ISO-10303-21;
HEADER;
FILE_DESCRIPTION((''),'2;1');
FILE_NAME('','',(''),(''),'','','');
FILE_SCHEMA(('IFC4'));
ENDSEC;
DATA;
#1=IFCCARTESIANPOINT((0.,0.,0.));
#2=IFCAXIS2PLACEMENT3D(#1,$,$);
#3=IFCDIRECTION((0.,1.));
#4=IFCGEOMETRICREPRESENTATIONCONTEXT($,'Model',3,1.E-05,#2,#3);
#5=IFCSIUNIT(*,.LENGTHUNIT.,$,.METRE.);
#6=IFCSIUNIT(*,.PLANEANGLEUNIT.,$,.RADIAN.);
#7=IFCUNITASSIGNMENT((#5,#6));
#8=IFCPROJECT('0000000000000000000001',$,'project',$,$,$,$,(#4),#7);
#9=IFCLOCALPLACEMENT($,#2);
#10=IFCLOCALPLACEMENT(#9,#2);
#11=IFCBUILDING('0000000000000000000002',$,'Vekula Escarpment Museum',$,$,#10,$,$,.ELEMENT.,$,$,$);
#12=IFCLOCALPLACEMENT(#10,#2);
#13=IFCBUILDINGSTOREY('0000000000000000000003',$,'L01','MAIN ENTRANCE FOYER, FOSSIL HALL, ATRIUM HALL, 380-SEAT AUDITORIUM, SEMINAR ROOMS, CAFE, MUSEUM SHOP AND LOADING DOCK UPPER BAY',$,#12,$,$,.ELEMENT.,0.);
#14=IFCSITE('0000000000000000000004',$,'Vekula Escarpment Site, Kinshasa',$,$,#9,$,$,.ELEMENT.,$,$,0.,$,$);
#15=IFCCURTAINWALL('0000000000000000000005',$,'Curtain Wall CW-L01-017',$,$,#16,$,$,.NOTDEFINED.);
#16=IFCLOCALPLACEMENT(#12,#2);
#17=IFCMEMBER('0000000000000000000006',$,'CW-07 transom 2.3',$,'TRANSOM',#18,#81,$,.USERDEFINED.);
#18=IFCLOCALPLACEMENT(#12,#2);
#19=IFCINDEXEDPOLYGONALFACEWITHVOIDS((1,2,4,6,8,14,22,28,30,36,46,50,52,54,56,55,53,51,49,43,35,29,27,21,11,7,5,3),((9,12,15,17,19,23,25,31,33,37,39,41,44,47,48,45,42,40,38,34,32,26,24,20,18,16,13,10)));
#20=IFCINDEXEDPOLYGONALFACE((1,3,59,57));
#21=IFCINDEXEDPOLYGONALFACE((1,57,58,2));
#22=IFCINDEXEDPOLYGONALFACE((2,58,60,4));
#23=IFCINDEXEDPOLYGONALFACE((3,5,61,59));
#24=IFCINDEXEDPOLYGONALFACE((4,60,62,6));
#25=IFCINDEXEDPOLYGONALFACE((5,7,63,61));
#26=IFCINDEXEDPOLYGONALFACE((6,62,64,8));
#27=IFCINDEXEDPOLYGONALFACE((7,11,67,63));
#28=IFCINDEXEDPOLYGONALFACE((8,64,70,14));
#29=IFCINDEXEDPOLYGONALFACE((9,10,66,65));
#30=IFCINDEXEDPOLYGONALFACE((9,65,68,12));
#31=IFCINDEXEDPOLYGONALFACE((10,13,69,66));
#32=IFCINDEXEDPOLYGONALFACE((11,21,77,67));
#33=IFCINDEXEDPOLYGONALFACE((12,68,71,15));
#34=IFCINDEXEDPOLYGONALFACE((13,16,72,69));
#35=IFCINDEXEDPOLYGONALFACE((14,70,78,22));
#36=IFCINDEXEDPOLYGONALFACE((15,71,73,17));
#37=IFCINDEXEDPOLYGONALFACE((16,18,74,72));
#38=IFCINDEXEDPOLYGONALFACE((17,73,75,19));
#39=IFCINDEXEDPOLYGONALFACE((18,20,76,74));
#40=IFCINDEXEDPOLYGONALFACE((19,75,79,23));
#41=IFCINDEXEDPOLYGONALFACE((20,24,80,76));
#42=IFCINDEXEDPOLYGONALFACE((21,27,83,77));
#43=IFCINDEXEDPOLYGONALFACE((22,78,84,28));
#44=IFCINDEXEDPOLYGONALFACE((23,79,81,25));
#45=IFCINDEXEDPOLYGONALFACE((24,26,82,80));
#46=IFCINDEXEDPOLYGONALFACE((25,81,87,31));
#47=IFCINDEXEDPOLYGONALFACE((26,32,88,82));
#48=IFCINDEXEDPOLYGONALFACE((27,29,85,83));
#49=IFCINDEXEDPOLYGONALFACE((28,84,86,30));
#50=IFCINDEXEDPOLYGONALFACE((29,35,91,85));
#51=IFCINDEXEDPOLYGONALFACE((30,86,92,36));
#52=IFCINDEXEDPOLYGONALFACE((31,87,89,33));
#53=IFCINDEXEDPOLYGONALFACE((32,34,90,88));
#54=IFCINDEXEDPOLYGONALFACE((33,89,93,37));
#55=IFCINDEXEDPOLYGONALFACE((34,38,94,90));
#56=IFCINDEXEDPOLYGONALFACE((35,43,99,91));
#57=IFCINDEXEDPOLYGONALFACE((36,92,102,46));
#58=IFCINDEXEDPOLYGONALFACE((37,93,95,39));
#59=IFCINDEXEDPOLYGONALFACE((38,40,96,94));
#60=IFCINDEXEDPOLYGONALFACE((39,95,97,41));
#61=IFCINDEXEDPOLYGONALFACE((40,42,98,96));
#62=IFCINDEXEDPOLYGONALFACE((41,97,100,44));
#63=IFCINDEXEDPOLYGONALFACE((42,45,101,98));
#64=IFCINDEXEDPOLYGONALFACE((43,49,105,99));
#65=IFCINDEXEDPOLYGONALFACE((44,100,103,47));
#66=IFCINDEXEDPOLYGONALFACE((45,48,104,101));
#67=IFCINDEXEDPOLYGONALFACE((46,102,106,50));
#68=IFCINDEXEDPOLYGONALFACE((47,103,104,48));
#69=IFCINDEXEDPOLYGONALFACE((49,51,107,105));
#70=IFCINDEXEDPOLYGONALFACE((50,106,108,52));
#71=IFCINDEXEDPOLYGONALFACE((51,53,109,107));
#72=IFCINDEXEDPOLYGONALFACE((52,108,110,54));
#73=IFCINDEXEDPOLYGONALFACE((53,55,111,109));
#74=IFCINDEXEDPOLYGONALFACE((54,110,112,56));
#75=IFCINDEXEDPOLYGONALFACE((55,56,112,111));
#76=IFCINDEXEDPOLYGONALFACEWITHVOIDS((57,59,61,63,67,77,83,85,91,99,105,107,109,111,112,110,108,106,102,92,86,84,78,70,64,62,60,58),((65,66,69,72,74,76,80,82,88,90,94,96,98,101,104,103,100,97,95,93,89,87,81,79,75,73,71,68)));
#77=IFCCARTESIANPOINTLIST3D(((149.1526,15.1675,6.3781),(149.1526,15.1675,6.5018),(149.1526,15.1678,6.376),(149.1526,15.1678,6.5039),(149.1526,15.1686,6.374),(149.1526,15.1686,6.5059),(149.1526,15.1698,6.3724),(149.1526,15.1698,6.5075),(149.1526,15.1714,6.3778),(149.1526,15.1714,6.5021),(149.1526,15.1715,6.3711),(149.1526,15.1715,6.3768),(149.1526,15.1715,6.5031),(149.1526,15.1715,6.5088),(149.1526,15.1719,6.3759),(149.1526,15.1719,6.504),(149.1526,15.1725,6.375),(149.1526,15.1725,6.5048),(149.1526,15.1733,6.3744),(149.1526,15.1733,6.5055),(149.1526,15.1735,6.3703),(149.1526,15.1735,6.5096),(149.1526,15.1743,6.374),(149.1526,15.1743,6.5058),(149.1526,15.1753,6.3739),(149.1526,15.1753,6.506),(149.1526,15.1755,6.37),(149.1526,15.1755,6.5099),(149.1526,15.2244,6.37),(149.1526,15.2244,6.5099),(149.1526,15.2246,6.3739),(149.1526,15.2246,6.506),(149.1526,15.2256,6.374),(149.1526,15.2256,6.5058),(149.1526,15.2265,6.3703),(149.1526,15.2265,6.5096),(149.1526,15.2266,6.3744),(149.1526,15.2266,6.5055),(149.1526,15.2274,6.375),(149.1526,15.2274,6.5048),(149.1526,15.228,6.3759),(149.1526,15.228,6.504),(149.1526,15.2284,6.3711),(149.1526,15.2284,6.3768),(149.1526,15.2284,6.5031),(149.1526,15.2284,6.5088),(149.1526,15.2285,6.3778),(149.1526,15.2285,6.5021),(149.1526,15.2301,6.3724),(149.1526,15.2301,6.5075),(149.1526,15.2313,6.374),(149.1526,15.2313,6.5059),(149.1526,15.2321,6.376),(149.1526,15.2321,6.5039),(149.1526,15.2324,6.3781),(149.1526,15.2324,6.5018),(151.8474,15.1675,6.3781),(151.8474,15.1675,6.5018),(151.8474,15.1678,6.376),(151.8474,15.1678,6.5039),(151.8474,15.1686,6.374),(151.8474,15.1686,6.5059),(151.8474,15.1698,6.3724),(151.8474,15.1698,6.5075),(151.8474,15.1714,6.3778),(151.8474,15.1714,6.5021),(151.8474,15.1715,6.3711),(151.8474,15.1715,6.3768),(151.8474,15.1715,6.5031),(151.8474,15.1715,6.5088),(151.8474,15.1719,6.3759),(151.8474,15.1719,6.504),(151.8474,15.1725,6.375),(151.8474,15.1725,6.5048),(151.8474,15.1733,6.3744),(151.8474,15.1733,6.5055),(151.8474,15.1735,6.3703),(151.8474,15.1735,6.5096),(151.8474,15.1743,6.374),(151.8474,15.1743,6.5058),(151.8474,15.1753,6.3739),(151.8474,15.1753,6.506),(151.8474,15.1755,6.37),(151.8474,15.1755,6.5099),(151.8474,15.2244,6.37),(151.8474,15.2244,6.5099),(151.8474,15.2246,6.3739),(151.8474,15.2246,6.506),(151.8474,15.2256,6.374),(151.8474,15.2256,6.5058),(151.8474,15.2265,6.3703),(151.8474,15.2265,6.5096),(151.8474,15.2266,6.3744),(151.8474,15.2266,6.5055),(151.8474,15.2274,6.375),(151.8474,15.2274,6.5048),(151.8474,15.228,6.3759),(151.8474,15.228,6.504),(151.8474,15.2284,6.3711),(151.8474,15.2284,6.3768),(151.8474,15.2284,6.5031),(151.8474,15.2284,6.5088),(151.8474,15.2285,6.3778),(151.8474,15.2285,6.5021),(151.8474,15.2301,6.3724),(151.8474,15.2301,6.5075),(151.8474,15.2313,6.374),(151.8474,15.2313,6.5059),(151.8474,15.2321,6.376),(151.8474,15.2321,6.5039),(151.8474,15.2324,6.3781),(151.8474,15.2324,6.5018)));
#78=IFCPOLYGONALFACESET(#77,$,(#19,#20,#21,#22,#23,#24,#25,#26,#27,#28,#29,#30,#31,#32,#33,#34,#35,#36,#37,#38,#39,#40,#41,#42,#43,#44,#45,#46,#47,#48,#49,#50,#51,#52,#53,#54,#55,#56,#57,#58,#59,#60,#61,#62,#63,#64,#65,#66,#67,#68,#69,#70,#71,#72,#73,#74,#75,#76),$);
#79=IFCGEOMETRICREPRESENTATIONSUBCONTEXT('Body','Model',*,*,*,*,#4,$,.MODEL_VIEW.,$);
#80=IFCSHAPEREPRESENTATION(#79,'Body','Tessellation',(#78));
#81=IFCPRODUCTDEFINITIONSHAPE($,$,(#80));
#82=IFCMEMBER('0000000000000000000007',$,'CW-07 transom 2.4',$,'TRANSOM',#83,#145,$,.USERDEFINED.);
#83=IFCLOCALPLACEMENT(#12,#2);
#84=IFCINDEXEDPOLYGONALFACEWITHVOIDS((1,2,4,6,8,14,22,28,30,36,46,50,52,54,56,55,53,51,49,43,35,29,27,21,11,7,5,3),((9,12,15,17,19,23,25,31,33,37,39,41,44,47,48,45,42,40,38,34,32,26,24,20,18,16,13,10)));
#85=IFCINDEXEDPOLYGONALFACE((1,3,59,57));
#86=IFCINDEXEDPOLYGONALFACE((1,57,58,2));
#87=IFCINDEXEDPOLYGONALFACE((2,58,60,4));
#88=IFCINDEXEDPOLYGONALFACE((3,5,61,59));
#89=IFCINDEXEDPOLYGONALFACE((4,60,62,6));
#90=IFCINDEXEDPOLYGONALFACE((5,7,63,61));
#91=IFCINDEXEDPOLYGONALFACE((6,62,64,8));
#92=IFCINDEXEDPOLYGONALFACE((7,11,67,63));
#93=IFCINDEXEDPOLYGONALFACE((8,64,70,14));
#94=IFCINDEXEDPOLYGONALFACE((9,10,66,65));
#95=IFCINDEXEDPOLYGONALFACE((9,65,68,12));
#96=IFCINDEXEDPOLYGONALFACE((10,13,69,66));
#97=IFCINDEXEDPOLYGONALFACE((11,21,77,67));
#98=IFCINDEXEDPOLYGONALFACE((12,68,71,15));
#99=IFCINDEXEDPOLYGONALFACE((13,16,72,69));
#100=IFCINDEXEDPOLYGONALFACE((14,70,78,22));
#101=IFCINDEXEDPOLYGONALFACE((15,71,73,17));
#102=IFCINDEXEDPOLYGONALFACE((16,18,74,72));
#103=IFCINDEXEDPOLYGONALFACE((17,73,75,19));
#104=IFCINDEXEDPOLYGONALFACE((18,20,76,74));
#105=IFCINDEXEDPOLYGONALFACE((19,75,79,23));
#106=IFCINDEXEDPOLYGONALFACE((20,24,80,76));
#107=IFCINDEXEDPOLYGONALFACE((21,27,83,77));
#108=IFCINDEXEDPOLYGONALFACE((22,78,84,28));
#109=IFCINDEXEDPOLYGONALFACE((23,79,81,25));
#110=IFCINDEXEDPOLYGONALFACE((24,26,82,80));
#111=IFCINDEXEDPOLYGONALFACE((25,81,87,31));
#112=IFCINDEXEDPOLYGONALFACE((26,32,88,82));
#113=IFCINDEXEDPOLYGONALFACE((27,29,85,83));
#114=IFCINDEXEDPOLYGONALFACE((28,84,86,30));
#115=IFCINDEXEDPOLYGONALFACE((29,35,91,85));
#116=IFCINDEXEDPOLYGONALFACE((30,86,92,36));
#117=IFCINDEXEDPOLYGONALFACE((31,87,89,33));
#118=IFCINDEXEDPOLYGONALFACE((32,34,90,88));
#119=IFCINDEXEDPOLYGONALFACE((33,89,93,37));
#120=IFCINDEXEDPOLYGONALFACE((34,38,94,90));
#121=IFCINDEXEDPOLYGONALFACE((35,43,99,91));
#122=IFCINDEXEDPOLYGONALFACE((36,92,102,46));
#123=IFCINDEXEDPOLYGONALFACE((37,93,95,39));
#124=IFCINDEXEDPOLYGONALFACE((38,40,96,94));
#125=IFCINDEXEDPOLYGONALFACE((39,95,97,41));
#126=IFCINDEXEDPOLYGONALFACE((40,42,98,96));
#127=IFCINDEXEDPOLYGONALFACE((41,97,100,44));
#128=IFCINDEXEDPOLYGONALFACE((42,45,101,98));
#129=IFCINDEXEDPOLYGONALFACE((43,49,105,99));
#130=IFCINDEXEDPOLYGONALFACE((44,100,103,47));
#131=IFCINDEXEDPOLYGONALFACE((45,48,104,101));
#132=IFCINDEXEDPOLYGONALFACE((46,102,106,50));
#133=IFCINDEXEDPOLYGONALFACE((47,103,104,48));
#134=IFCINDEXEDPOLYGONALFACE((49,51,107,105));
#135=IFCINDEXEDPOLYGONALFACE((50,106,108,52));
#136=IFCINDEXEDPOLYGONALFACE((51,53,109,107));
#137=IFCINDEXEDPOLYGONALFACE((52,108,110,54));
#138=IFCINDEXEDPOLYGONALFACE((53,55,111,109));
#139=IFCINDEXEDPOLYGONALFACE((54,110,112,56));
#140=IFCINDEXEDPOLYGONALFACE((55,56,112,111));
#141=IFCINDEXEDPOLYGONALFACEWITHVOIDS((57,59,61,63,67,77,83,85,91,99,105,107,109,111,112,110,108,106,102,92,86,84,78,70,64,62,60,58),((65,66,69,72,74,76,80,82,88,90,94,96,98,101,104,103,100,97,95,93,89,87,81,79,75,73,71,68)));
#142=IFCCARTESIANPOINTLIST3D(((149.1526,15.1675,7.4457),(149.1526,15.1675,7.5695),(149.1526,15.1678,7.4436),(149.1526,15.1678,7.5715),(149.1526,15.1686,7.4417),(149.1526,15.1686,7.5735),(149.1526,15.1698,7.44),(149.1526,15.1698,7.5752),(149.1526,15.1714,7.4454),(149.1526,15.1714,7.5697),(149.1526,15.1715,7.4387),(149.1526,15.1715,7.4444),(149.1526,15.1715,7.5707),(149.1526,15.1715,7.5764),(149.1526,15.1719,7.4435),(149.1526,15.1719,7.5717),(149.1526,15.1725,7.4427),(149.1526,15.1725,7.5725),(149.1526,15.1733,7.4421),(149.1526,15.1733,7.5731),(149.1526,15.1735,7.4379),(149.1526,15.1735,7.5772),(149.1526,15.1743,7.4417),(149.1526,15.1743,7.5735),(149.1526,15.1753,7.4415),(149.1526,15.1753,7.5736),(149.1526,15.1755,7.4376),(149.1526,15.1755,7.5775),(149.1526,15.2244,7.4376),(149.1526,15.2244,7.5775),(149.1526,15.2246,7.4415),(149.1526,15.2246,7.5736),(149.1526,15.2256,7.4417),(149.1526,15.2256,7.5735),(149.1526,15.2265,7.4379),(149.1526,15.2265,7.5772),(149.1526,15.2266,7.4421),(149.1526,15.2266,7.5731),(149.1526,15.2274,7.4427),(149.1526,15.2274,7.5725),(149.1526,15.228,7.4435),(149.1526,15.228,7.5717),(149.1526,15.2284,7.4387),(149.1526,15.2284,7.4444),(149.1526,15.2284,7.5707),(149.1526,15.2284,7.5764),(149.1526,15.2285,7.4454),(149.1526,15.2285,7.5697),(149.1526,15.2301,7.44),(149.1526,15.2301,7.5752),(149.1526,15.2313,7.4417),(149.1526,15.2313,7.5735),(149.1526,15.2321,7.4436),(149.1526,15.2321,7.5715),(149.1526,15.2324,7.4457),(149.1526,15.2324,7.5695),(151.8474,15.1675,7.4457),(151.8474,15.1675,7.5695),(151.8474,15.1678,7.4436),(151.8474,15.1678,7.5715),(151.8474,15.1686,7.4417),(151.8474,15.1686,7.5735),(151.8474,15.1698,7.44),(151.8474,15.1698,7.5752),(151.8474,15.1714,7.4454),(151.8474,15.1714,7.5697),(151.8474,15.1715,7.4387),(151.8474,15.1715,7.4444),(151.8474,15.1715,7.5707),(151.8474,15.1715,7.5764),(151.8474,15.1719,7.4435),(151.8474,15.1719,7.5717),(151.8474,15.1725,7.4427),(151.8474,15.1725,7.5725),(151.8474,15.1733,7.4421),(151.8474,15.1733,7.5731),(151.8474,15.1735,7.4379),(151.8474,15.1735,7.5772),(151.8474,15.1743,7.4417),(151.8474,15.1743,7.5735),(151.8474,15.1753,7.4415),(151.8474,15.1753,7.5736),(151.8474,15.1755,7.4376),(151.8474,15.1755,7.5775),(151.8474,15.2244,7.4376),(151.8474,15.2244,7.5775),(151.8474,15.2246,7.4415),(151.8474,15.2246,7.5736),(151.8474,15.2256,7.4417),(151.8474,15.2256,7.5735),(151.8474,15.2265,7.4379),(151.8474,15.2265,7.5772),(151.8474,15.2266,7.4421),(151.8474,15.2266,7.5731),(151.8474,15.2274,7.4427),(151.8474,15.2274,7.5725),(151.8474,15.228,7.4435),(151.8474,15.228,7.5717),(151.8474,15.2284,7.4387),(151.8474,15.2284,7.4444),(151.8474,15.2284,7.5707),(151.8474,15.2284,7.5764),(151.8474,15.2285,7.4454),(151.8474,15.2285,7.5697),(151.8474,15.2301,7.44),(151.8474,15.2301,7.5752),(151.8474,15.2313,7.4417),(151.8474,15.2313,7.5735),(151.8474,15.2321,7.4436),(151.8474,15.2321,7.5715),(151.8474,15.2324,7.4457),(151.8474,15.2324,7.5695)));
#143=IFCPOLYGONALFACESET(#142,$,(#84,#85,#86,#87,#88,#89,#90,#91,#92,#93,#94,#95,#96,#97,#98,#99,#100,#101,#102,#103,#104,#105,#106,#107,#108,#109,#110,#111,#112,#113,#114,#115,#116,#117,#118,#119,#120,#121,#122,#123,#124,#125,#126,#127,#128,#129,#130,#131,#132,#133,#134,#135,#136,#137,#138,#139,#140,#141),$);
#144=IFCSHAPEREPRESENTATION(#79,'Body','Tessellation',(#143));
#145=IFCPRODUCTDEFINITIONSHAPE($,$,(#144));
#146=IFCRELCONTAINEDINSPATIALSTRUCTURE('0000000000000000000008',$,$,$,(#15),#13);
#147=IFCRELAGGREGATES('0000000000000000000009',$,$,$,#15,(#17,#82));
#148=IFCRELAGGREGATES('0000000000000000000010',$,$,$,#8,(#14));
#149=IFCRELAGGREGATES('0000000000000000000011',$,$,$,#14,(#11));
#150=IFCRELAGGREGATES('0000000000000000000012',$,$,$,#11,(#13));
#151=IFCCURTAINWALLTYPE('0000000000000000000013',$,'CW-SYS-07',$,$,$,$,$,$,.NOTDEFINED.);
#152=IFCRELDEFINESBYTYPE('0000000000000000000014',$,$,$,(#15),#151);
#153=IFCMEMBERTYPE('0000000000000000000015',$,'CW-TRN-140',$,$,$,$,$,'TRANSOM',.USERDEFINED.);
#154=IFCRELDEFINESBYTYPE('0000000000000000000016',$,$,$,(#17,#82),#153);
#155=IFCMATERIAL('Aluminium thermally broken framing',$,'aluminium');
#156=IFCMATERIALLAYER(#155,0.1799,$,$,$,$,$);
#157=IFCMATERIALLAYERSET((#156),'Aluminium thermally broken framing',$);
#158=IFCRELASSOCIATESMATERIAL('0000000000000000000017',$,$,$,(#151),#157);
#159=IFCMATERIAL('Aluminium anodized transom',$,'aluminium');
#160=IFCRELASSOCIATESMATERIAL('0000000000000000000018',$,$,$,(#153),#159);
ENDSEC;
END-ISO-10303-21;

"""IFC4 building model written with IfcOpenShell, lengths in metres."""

from ifc_helpers import new_model, si_unit, direction, frame, origin, origin_2d, place, context, subcontext, project, spatial, hollow_rectangle, extrude, material, layer, layer_set, material_profile, profile_set, type_object, element, aggregate, save


model = new_model("IFC4")

# Units and contexts
model_context = context("Model", 3, precision=1e-05, world=origin(), true_north=direction((0.0, 1.0)))
body_context = subcontext(model_context, "Body", "Model", "MODEL_VIEW")
ifc_project = project(units=[si_unit("LENGTHUNIT", "METRE"), si_unit("PLANEANGLEUNIT", "RADIAN")], contexts=[model_context])

# Site, building, storey
site_placement = place(None, origin())
site = spatial("IfcSite", under=ifc_project, at=site_placement, Name="Vekula Escarpment Site, Kinshasa", CompositionType="ELEMENT", RefElevation=0.0)
building_placement = place(site_placement, origin())
building = spatial("IfcBuilding", under=site, at=building_placement, Name="Vekula Escarpment Museum", CompositionType="ELEMENT")
storey_placement = place(building_placement, origin())
storey = spatial("IfcBuildingStorey", under=building, at=storey_placement, Name="L01", Description="MAIN ENTRANCE FOYER, FOSSIL HALL, ATRIUM HALL, 380-SEAT AUDITORIUM, SEMINAR ROOMS, CAFE, MUSEUM SHOP AND LOADING DOCK UPPER BAY", CompositionType="ELEMENT", Elevation=0.0)

# Curtain wall
ifc_material_1 = material(Name="Aluminium thermally broken framing", Category="aluminium")
ifc_layer_1 = layer(ifc_material_1, 0.1799)
ifc_layer_set_1 = layer_set([ifc_layer_1], Name="Aluminium thermally broken framing")
curtain_wall_type_1 = type_object("IfcCurtainWallType", Name="CW-SYS-07", PredefinedType="NOTDEFINED", material=ifc_layer_set_1)
curtain_wall_1_placement = place(storey_placement, origin())
curtain_wall_1 = element("IfcCurtainWall", 1, at=curtain_wall_1_placement, inside=storey, type_object=curtain_wall_type_1, Name="Curtain Wall CW-L01-017", PredefinedType="NOTDEFINED")

# Members
ifc_material_2 = material(Name="Aluminium anodized transom", Category="aluminium")
ifc_material_profile_1 = material_profile(ifc_material_2, hollow_rectangle(XDim=0.0649, YDim=0.1399, WallThickness=0.0039, InnerFilletRadius=0.0039, OuterFilletRadius=0.0081, at=origin_2d()), Name="ALU 140x65x4")
ifc_profile_set_1 = profile_set([ifc_material_profile_1], Name="Aluminium anodized transom")
member_type_1 = type_object("IfcMemberType", Name="CW-TRN-140", ElementType="TRANSOM", PredefinedType="USERDEFINED", material=ifc_profile_set_1)
member_1_placement = place(storey_placement, frame((151.8474, 15.2, 6.4399), z_axis=(-1.0, 0.0, 0.0), x_axis=(0.0, -1.0, 0.0)))
member_1 = element("IfcMember", 2, at=member_1_placement, type_object=member_type_1, Name="CW-07 transom 2.3", ObjectType="TRANSOM", PredefinedType="USERDEFINED", context=body_context, shape_type="SweptSolid", body=[
    extrude(hollow_rectangle(XDim=0.0649, YDim=0.1399, WallThickness=0.0039, InnerFilletRadius=0.0039, OuterFilletRadius=0.0081, at=origin_2d()), origin(), (0.0, 0.0, 1.0), 2.6948),
])
member_2_placement = place(storey_placement, frame((151.8474, 15.2, 7.5076), z_axis=(-1.0, 0.0, 0.0), x_axis=(0.0, -1.0, 0.0)))
member_2 = element("IfcMember", 3, at=member_2_placement, type_object=member_type_1, Name="CW-07 transom 2.4", ObjectType="TRANSOM", PredefinedType="USERDEFINED", context=body_context, shape_type="SweptSolid", body=[
    extrude(hollow_rectangle(XDim=0.0649, YDim=0.1399, WallThickness=0.0039, InnerFilletRadius=0.0039, OuterFilletRadius=0.0081, at=origin_2d()), origin(), (0.0, 0.0, 1.0), 2.6948),
])

aggregate(curtain_wall_1, [member_1, member_2])

save(model, "model.ifc")
